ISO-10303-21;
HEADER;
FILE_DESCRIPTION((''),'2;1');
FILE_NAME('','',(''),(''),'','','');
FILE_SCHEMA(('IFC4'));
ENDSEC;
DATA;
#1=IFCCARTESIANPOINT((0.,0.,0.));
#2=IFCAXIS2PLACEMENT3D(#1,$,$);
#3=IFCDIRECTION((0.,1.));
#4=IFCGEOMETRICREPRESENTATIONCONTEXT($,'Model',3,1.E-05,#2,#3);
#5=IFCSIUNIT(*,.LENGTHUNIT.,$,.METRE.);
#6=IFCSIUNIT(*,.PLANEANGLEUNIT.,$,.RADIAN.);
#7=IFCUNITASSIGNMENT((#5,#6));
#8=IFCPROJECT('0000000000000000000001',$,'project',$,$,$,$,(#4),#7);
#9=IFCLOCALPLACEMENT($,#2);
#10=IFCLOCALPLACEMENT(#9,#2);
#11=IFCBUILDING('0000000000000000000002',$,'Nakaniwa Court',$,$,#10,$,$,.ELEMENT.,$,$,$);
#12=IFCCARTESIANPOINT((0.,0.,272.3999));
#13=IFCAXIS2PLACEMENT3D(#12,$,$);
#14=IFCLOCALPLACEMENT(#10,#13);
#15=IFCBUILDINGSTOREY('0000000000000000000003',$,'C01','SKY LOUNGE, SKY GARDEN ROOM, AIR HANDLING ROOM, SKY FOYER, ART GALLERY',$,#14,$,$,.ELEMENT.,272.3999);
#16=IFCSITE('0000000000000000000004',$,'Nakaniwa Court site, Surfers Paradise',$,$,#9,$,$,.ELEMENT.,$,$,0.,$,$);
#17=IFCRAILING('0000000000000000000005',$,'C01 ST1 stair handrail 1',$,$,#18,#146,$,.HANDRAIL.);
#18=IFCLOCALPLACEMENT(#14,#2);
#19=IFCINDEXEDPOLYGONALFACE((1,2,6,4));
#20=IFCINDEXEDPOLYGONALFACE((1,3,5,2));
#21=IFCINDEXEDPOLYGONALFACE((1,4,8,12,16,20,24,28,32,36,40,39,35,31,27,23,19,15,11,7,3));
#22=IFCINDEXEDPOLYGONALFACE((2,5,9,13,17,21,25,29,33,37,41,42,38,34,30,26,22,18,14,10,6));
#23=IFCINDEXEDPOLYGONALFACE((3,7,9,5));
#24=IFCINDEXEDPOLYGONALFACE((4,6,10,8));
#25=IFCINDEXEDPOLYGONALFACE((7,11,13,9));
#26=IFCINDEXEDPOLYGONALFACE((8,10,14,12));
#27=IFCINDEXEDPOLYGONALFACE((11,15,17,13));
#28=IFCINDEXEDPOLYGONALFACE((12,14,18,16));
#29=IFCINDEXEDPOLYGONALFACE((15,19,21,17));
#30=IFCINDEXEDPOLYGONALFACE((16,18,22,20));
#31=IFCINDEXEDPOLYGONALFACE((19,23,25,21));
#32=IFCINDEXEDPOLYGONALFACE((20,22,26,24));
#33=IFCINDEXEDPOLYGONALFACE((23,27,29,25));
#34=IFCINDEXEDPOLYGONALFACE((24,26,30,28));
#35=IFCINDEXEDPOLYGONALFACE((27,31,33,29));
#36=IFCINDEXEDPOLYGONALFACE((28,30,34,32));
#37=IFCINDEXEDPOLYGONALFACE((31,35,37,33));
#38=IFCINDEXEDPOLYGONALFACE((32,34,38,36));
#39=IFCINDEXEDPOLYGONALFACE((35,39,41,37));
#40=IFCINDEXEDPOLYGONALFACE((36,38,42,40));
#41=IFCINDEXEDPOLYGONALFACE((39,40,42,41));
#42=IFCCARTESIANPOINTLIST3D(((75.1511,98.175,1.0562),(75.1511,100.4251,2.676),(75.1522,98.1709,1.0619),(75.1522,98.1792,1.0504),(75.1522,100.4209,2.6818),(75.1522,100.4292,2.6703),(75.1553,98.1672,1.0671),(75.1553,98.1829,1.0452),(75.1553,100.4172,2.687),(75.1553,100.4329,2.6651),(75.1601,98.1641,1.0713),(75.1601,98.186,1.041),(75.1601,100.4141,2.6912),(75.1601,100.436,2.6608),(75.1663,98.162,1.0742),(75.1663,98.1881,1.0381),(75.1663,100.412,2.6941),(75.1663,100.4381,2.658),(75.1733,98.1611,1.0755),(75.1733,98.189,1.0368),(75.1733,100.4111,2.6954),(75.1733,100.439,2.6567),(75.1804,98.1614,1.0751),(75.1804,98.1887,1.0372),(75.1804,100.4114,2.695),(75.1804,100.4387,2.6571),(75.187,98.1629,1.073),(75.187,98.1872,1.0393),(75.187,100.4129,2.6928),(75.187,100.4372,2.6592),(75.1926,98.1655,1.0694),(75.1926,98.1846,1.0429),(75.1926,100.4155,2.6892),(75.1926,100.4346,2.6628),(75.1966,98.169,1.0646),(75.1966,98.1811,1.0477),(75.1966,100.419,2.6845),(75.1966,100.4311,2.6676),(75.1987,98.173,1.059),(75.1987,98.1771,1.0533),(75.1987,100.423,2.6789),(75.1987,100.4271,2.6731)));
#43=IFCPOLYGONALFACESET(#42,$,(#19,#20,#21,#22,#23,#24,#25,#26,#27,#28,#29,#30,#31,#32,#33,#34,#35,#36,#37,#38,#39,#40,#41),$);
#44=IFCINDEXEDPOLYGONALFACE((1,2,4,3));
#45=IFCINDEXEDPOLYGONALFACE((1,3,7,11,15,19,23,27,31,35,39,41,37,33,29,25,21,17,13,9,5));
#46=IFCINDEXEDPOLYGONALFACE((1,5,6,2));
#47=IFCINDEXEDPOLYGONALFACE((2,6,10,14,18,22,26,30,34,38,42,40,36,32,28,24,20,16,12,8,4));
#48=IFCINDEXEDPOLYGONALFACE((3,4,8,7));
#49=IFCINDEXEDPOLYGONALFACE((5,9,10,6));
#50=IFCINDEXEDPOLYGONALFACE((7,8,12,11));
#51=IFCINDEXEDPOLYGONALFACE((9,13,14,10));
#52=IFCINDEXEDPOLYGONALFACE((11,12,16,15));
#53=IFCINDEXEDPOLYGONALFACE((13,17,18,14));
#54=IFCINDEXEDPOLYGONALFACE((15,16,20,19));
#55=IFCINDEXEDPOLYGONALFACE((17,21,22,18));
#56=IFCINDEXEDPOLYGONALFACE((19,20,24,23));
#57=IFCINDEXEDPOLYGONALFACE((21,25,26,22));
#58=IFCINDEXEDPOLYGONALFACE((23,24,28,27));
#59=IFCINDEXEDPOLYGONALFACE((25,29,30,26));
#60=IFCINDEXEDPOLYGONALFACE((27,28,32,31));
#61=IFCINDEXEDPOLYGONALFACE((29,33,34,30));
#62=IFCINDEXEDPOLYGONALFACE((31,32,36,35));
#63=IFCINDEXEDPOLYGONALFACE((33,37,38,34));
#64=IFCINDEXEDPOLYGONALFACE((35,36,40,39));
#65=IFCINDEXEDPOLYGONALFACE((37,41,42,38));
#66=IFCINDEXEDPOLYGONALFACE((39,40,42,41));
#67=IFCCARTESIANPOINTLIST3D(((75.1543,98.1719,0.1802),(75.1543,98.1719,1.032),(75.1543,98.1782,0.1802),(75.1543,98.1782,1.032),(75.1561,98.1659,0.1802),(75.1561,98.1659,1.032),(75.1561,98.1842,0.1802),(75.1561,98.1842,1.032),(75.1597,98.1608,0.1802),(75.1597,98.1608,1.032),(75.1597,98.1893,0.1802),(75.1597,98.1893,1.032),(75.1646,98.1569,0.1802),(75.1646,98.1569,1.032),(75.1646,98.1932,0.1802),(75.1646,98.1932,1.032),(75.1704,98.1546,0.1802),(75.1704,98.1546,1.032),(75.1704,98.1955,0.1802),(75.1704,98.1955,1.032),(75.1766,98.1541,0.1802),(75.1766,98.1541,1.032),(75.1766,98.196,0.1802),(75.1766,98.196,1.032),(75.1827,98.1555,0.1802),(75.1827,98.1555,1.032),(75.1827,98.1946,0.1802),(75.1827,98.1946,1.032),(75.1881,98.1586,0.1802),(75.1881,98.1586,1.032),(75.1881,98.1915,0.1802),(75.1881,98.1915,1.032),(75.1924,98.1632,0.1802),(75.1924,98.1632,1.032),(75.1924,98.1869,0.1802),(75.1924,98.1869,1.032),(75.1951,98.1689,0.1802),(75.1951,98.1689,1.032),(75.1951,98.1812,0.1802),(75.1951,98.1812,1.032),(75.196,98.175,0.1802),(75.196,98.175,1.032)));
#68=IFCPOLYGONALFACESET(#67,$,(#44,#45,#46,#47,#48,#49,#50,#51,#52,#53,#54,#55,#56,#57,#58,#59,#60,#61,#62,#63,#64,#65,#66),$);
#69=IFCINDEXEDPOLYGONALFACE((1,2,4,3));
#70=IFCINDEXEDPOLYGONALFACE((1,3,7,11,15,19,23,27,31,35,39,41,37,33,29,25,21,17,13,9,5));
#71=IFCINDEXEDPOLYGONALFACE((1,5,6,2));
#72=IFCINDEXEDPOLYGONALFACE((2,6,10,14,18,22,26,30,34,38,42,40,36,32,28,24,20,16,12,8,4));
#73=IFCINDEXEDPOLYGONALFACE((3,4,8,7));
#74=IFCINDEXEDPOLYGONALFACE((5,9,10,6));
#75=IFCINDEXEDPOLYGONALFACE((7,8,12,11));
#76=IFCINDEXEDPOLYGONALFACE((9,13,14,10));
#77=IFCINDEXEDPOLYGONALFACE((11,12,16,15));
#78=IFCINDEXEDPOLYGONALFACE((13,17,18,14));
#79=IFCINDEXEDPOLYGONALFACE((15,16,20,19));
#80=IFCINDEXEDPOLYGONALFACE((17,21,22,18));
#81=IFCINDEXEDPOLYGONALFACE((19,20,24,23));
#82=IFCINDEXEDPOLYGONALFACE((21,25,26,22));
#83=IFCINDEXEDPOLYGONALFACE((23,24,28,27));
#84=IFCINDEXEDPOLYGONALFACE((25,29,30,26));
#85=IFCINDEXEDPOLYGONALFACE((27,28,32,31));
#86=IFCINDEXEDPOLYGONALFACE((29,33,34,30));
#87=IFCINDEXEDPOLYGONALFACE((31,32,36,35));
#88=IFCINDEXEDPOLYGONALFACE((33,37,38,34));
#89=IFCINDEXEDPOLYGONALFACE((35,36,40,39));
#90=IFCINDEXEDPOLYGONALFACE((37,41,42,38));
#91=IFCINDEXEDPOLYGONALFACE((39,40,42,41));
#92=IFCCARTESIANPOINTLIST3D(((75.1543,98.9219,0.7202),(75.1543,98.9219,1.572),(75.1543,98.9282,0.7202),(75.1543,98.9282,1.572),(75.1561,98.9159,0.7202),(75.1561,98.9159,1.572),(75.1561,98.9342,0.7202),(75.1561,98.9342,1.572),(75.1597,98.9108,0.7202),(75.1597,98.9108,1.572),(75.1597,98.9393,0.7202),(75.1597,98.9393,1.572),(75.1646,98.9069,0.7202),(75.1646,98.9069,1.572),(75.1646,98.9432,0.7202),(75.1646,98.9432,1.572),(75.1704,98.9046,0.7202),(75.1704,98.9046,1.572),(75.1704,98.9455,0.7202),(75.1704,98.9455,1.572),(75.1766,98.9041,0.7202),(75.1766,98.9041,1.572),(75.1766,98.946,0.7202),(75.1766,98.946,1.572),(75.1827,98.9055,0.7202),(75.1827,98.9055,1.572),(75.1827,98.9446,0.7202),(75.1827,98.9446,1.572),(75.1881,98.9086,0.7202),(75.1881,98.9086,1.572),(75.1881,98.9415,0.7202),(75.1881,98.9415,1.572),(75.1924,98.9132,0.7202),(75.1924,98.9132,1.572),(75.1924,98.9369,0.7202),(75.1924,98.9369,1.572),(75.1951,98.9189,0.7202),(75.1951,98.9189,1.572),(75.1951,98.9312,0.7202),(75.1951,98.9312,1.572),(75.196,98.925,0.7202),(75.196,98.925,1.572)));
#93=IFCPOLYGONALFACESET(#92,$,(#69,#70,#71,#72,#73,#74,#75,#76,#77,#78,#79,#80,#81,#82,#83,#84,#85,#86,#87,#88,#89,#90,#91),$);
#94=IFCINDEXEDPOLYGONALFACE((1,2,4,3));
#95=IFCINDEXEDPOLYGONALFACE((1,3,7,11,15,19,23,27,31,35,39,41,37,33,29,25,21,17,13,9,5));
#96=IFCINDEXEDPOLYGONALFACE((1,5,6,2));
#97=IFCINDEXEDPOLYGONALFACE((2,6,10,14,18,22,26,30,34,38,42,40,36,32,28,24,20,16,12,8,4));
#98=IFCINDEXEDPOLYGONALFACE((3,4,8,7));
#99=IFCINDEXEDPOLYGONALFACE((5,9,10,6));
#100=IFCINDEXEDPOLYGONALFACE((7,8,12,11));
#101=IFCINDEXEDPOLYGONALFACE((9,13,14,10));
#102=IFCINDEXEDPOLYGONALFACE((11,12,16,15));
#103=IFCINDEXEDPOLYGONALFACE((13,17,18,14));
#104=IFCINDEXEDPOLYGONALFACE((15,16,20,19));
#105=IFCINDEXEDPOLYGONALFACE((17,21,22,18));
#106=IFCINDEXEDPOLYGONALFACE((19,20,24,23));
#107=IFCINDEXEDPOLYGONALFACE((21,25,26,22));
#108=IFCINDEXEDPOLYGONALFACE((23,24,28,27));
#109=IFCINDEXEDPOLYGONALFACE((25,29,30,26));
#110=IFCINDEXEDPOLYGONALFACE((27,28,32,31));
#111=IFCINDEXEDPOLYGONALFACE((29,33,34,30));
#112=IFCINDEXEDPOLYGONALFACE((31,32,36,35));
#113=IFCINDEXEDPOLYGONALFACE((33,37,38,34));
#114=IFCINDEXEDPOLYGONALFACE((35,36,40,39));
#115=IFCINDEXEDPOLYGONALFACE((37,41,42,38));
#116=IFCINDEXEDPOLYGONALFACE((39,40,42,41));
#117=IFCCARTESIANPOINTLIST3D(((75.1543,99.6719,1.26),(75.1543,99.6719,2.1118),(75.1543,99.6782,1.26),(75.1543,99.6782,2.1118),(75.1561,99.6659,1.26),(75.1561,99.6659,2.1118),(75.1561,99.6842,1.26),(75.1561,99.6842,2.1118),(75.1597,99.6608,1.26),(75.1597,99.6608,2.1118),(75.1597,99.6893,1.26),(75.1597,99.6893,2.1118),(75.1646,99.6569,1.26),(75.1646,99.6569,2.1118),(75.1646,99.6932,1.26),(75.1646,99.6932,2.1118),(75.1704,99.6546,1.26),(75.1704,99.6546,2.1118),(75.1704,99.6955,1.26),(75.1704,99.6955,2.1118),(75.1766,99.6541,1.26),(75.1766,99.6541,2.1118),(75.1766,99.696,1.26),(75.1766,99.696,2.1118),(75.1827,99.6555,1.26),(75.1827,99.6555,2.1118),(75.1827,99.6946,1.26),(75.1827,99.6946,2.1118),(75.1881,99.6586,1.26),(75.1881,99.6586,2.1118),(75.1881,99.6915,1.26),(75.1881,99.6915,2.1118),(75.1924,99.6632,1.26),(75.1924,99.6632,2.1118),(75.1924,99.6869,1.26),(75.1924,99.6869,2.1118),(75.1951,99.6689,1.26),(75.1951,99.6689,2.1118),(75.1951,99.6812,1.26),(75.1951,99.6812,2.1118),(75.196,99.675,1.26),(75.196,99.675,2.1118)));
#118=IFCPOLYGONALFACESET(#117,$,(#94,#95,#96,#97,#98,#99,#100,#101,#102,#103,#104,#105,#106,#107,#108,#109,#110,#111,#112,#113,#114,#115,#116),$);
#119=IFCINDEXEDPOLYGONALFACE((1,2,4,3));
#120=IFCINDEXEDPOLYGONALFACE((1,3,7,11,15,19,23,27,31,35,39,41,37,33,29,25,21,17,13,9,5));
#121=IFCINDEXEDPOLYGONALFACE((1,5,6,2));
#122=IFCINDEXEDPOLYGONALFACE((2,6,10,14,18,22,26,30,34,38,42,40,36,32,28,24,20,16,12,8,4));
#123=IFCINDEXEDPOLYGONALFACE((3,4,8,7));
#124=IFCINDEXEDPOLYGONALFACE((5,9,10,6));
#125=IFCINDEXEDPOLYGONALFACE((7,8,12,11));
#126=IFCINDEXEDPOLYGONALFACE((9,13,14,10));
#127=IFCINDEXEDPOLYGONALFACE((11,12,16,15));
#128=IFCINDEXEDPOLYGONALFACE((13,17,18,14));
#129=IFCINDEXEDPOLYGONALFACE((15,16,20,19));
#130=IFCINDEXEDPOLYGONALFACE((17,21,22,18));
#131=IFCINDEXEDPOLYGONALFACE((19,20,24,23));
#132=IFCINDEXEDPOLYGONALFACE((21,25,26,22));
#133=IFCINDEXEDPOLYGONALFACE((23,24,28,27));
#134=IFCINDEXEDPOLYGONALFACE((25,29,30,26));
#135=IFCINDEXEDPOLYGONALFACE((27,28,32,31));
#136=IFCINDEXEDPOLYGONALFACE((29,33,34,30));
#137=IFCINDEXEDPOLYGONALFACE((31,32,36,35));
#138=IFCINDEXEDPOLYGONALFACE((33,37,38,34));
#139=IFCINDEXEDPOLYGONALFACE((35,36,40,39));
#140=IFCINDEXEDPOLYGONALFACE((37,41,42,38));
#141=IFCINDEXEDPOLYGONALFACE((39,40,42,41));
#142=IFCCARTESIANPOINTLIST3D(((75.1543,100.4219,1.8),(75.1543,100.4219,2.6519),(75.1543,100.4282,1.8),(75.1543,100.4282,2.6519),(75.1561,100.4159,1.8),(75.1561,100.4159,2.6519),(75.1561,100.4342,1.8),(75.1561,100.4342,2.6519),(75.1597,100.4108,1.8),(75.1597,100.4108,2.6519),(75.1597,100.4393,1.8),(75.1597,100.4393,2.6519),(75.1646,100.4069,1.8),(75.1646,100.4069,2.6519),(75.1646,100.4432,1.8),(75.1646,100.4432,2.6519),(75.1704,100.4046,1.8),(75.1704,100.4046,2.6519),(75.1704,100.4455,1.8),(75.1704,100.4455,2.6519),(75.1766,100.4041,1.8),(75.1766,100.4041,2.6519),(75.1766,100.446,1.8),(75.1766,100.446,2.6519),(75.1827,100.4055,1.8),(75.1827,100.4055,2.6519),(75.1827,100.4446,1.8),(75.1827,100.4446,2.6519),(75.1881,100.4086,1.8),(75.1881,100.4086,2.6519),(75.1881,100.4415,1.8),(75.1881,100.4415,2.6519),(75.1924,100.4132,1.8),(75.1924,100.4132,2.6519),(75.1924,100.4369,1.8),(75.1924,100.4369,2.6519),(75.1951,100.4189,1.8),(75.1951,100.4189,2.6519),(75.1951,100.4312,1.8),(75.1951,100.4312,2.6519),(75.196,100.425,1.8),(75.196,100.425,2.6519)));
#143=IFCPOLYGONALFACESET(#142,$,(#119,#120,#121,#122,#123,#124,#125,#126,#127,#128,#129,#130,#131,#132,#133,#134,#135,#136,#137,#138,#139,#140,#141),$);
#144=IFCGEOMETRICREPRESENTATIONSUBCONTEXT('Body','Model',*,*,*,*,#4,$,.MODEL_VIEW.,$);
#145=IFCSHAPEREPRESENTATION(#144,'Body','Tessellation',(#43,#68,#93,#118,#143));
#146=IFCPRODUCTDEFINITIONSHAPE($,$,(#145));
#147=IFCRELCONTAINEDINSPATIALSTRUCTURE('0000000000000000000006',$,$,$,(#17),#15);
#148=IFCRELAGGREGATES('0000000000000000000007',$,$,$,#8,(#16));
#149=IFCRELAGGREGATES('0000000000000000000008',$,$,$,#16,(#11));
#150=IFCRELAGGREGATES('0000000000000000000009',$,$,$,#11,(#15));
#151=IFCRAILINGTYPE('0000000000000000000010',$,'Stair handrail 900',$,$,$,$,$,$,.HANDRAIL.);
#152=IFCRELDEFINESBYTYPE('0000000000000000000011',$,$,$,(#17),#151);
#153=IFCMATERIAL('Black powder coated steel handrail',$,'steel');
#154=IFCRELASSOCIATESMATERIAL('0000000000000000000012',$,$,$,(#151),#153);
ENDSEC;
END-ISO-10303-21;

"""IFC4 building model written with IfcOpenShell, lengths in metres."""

from ifc_helpers import new_model, si_unit, direction, frame, origin, origin_2d, place, context, subcontext, project, spatial, circle, extrude, material, type_object, element, save


model = new_model("IFC4")

# Units and contexts
model_context = context("Model", 3, precision=1e-05, world=origin(), true_north=direction((0.0, 1.0)))
body_context = subcontext(model_context, "Body", "Model", "MODEL_VIEW")
ifc_project = project(units=[si_unit("LENGTHUNIT", "METRE"), si_unit("PLANEANGLEUNIT", "RADIAN")], contexts=[model_context])

# Site, building, storey
site_placement = place(None, origin())
site = spatial("IfcSite", under=ifc_project, at=site_placement, Name="Nakaniwa Court site, Surfers Paradise", CompositionType="ELEMENT", RefElevation=0.0)
building_placement = place(site_placement, origin())
building = spatial("IfcBuilding", under=site, at=building_placement, Name="Nakaniwa Court", CompositionType="ELEMENT")
storey_placement = place(building_placement, frame((0.0, 0.0, 272.3999)))
storey = spatial("IfcBuildingStorey", under=building, at=storey_placement, Name="C01", Description="SKY LOUNGE, SKY GARDEN ROOM, AIR HANDLING ROOM, SKY FOYER, ART GALLERY", CompositionType="ELEMENT", Elevation=272.3999)

# Railing
ifc_material_1 = material(Name="Black powder coated steel handrail", Category="steel")
railing_type_1 = type_object("IfcRailingType", Name="Stair handrail 900", PredefinedType="HANDRAIL", material=ifc_material_1)
railing_1_placement = place(storey_placement, frame((75.175, 98.175, 0.1802)))
element("IfcRailing", 1, at=railing_1_placement, inside=storey, type_object=railing_type_1, Name="C01 ST1 stair handrail 1", PredefinedType="HANDRAIL", context=body_context, shape_type="SweptSolid", body=[
    extrude(circle(Radius=0.0239, at=origin_2d()), frame((0.0, 0.0, 0.876), z_axis=(0.0, 0.811556, 0.584275), x_axis=(-1.0, 0.0, 0.0)), (0.0, 0.0, 1.0), 2.7725),
    extrude(circle(Radius=0.021, at=origin_2d()), origin(), (0.0, 0.0, 1.0), 0.8518),
    extrude(circle(Radius=0.021, at=origin_2d()), frame((0.0, 0.75, 0.54)), (0.0, 0.0, 1.0), 0.8518),
    extrude(circle(Radius=0.021, at=origin_2d()), frame((0.0, 1.5, 1.0798)), (0.0, 0.0, 1.0), 0.8518),
    extrude(circle(Radius=0.021, at=origin_2d()), frame((0.0, 2.25, 1.6199)), (0.0, 0.0, 1.0), 0.8518),
])

save(model, "model.ifc")
